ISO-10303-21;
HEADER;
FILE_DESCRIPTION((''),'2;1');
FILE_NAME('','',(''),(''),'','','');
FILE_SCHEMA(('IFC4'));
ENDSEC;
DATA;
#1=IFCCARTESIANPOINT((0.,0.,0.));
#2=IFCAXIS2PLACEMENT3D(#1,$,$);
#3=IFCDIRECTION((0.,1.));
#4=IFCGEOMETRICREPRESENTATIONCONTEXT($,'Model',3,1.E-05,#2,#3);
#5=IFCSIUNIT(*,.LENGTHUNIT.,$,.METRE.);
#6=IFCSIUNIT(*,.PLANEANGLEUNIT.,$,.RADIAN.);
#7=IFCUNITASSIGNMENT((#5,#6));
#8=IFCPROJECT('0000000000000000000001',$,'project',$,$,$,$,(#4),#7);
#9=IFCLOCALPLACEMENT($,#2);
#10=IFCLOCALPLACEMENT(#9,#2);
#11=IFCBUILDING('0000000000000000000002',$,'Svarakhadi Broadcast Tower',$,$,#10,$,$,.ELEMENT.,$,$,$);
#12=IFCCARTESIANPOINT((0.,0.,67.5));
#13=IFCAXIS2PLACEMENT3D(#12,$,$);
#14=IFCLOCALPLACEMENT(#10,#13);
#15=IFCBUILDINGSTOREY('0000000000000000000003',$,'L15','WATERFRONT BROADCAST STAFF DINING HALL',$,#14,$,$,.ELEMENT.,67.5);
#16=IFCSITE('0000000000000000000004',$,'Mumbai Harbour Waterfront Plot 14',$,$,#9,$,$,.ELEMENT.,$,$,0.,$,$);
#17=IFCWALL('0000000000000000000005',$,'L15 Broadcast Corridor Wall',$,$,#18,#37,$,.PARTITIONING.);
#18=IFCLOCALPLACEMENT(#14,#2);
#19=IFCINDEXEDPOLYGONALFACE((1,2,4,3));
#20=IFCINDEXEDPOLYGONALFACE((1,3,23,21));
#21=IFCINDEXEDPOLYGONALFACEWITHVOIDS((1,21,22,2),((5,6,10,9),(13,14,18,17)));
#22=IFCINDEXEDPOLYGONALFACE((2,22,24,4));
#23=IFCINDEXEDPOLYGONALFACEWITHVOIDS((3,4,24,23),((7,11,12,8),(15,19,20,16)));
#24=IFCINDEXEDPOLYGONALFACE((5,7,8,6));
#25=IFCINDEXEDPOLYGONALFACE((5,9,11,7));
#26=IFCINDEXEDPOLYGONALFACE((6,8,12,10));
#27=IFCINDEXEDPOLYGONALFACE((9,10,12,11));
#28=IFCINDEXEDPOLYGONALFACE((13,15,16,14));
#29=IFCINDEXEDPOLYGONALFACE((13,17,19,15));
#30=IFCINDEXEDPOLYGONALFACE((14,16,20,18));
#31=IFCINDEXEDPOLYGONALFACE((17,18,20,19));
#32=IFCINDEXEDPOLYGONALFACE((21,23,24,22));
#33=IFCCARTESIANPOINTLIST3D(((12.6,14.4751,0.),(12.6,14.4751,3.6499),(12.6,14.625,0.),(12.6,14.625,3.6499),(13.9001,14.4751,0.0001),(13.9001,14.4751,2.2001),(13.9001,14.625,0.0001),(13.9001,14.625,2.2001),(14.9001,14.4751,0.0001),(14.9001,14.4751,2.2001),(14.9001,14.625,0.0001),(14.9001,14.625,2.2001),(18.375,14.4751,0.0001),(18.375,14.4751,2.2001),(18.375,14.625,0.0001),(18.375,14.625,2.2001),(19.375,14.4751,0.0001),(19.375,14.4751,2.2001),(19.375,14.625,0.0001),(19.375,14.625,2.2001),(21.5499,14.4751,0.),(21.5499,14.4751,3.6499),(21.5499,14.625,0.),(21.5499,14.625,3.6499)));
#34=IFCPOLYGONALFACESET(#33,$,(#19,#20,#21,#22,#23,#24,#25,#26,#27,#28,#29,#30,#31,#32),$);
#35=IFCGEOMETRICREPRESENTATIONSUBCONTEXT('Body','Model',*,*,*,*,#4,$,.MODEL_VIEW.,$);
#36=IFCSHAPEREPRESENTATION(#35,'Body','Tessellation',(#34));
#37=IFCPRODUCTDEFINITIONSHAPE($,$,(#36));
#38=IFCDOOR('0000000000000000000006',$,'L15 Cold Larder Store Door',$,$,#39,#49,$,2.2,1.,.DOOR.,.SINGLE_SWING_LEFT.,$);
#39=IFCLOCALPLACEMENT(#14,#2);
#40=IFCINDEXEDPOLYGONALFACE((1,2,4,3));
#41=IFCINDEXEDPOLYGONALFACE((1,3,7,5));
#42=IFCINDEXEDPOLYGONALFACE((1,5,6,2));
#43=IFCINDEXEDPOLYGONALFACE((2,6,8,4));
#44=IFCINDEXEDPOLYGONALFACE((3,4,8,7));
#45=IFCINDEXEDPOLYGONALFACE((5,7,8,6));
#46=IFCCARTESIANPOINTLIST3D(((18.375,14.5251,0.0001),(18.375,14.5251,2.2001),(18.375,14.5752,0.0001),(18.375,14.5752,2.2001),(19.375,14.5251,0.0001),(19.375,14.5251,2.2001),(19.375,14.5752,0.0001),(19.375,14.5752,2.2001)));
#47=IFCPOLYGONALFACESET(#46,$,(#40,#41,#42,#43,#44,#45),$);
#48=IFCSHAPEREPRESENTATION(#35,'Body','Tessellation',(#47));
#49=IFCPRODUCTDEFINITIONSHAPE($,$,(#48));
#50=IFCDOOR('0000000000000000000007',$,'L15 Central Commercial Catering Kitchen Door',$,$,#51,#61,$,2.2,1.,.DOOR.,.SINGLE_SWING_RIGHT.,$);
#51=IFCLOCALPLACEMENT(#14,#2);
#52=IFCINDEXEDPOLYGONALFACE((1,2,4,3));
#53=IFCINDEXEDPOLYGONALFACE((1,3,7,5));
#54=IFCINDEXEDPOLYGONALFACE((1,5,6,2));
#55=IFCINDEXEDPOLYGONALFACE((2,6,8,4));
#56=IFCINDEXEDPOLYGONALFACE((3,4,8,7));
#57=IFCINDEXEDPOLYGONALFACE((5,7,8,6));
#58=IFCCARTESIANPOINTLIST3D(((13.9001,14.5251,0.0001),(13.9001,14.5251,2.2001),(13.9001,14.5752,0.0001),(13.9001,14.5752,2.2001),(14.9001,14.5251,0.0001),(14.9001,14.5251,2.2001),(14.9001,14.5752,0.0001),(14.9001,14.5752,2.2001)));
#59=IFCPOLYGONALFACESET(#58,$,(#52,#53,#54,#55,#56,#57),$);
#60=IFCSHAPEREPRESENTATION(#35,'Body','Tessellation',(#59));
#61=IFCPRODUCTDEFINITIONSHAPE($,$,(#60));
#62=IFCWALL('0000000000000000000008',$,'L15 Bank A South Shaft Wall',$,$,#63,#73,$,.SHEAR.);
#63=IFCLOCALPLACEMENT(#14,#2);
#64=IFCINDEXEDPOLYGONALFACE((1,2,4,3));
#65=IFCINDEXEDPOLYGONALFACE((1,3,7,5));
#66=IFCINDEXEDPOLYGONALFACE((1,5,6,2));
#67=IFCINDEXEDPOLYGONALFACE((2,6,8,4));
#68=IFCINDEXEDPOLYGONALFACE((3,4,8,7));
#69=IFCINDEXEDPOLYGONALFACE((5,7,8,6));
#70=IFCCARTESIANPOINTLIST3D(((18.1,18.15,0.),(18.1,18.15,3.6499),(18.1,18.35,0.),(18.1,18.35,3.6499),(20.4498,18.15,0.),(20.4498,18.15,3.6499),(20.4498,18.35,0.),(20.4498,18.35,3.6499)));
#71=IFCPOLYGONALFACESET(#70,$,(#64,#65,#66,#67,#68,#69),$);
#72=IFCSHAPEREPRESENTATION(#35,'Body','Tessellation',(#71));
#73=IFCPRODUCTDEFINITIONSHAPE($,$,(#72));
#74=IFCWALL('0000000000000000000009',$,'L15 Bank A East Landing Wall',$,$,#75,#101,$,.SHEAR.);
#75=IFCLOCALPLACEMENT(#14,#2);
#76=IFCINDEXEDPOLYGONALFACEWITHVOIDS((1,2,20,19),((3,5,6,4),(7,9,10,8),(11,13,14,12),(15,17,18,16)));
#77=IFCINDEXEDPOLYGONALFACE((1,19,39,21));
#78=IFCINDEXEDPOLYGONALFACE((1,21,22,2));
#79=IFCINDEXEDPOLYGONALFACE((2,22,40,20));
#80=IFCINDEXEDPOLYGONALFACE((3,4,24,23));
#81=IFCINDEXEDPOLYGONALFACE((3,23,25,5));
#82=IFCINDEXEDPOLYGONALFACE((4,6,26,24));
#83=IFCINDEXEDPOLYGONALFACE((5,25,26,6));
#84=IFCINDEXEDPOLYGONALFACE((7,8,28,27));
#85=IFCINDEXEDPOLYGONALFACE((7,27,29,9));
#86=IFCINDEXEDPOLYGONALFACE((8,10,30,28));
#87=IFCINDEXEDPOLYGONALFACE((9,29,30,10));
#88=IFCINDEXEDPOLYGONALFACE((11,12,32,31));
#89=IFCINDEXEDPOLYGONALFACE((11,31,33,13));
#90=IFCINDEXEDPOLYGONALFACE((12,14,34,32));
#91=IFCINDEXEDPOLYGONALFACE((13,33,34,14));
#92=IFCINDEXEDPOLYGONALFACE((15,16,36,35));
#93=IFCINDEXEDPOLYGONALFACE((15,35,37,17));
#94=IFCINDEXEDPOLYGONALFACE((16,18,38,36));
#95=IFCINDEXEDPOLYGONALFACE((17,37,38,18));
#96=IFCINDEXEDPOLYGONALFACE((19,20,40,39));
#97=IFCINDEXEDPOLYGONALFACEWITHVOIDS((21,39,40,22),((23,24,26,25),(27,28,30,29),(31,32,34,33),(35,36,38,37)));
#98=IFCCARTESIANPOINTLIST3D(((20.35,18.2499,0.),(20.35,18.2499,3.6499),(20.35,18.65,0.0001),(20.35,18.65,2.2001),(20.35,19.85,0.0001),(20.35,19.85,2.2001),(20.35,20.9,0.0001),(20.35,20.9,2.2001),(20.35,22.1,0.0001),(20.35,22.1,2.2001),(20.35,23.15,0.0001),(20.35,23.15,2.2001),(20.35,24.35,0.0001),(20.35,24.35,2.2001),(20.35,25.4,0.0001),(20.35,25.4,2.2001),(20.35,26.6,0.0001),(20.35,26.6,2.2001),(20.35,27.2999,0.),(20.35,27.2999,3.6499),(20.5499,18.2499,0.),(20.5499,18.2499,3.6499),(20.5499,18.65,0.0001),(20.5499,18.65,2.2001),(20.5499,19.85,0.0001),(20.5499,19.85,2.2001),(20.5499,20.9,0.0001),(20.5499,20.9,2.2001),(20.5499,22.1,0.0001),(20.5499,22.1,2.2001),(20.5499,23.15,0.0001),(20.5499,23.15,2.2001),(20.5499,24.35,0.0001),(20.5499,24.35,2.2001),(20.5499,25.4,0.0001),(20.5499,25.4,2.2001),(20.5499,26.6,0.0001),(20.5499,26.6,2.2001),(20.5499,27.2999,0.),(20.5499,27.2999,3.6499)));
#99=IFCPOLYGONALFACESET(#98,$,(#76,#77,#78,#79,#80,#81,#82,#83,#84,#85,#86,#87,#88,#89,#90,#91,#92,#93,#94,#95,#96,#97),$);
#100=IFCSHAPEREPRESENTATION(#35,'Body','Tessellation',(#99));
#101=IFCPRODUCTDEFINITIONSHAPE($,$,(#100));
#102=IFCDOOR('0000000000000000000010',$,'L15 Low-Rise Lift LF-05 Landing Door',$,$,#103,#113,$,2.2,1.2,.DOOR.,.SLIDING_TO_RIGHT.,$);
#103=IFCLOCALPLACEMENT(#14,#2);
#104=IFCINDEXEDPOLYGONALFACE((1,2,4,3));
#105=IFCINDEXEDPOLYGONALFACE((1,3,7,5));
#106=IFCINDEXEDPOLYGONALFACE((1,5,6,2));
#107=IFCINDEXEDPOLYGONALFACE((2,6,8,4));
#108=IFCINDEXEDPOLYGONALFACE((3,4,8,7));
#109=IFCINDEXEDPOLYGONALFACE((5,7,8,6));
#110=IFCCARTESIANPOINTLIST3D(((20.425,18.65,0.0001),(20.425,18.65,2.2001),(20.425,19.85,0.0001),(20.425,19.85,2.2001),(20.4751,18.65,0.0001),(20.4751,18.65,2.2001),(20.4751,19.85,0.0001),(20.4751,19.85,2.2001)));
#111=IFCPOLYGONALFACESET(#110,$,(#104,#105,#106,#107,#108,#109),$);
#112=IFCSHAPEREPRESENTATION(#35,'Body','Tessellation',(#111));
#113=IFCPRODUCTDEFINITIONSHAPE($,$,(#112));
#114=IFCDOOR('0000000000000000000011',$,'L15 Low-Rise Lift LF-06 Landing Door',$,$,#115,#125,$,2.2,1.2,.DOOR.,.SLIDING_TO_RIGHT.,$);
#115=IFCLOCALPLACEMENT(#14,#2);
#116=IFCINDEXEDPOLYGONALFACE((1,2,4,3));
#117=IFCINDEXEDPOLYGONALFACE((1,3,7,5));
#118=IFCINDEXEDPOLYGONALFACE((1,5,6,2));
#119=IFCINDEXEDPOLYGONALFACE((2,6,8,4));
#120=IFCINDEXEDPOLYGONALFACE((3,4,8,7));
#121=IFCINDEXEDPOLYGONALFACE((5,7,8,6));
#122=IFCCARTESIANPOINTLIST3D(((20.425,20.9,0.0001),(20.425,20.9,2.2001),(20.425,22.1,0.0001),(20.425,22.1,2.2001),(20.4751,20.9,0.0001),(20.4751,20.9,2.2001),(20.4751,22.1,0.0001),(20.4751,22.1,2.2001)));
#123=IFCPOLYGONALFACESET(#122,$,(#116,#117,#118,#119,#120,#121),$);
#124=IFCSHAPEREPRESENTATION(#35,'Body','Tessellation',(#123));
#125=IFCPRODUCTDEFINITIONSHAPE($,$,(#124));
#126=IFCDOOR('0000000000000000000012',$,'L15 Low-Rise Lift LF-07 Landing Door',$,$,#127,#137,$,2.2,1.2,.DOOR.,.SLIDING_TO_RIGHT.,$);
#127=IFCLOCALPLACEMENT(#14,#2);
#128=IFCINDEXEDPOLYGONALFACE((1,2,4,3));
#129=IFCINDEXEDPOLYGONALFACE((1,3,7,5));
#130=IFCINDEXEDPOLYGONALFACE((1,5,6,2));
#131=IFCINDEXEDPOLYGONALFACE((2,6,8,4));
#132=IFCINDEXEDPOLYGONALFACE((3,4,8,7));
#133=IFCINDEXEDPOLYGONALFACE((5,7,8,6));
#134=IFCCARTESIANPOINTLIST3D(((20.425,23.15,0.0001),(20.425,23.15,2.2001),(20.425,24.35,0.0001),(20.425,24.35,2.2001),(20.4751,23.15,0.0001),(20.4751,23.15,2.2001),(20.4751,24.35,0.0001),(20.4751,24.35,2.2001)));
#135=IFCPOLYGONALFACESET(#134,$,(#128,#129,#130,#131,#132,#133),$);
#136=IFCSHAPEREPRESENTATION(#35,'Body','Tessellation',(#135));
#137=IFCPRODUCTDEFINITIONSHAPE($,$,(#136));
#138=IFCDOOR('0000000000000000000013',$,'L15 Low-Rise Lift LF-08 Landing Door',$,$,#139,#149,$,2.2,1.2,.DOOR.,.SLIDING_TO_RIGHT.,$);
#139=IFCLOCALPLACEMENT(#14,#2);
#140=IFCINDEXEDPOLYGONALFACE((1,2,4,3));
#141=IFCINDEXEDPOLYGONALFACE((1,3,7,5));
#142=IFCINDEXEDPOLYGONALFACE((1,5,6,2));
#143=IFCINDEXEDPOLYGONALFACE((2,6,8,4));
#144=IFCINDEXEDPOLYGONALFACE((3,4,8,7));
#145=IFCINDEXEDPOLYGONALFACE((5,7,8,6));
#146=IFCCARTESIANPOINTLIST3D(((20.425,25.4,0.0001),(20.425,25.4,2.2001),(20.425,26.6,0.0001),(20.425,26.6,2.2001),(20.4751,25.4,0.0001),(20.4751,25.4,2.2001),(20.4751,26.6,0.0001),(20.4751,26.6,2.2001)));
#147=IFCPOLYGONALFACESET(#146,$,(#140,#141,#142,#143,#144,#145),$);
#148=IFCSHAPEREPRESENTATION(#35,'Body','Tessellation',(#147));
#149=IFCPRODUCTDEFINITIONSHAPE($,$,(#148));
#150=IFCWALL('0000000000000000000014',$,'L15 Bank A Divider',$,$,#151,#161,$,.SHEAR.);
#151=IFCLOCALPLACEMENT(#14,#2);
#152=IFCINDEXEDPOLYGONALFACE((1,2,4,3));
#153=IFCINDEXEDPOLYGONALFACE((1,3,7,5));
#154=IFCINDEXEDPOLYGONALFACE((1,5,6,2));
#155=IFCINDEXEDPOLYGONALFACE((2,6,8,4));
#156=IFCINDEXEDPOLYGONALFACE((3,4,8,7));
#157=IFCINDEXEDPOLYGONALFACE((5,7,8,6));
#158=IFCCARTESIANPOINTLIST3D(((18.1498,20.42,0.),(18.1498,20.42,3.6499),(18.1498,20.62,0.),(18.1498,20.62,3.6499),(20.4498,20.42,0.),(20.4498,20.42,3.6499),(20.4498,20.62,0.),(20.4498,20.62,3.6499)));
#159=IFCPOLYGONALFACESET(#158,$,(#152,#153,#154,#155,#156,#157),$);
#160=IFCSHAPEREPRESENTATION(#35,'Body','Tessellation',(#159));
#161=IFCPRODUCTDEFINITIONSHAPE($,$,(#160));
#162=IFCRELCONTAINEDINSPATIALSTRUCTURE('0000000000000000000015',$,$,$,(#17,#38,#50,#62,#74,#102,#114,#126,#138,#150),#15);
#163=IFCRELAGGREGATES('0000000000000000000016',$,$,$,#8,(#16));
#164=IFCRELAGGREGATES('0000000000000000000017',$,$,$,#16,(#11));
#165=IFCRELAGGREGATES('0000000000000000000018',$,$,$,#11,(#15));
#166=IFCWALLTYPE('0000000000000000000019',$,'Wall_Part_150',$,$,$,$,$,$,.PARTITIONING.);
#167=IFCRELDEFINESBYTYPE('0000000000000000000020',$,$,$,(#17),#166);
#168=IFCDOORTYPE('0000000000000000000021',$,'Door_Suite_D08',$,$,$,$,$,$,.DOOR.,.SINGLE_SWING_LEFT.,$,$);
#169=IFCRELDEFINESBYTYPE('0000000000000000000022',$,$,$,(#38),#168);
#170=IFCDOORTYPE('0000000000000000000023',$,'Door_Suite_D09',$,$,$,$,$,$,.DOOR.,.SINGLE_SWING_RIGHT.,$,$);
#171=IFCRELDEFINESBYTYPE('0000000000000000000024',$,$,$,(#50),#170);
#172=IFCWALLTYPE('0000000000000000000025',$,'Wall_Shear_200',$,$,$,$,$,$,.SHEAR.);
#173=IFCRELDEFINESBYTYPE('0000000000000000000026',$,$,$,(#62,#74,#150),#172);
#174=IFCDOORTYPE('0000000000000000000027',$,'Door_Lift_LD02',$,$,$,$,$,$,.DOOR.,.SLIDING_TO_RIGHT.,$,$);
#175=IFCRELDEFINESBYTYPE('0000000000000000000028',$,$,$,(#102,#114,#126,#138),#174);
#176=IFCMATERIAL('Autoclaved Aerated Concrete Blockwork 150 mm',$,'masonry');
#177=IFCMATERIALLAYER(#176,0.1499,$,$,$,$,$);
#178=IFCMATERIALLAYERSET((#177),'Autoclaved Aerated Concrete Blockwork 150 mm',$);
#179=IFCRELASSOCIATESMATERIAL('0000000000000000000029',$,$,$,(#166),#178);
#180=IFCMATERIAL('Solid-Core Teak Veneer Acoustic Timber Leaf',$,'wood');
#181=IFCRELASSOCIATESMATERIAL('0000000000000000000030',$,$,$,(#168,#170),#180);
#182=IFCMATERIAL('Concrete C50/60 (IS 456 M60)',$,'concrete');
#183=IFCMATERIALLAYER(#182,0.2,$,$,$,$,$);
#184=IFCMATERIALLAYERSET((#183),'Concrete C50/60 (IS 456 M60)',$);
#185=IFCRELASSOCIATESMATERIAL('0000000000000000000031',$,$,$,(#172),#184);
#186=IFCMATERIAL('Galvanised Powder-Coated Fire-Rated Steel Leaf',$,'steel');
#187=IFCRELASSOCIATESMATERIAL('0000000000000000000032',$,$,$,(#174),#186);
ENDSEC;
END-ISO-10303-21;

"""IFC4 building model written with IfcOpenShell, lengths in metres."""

from ifc_helpers import new_model, si_unit, direction, frame, frame_2d, origin, place, context, subcontext, project, spatial, rectangle, extrude, material, layer, layer_set, type_object, element, fill, save


model = new_model("IFC4")

# Units and contexts
model_context = context("Model", 3, precision=1e-05, world=origin(), true_north=direction((0.0, 1.0)))
body_context = subcontext(model_context, "Body", "Model", "MODEL_VIEW")
ifc_project = project(units=[si_unit("LENGTHUNIT", "METRE"), si_unit("PLANEANGLEUNIT", "RADIAN")], contexts=[model_context])

# Site, building, storey
site_placement = place(None, origin())
site = spatial("IfcSite", under=ifc_project, at=site_placement, Name="Mumbai Harbour Waterfront Plot 14", CompositionType="ELEMENT", RefElevation=0.0)
building_placement = place(site_placement, origin())
building = spatial("IfcBuilding", under=site, at=building_placement, Name="Svarakhadi Broadcast Tower", CompositionType="ELEMENT")
storey_placement = place(building_placement, frame((0.0, 0.0, 67.5)))
storey = spatial("IfcBuildingStorey", under=building, at=storey_placement, Name="L15", Description="WATERFRONT BROADCAST STAFF DINING HALL", CompositionType="ELEMENT", Elevation=67.5)

# Wall, openings, doors
ifc_material_1 = material(Name="Autoclaved Aerated Concrete Blockwork 150 mm", Category="masonry")
ifc_layer_1 = layer(ifc_material_1, 0.1499)
ifc_layer_set_1 = layer_set([ifc_layer_1], Name="Autoclaved Aerated Concrete Blockwork 150 mm")
wall_type_1 = type_object("IfcWallType", Name="Wall_Part_150", PredefinedType="PARTITIONING", material=ifc_layer_set_1)
wall_1_placement = place(storey_placement, frame((21.55, 14.55, 0.0), z_axis=(0.0, 0.0, 1.0), x_axis=(-1.0, 0.0, 0.0)))
wall_1 = element("IfcWall", 1, at=wall_1_placement, inside=storey, type_object=wall_type_1, Name="L15 Broadcast Corridor Wall", PredefinedType="PARTITIONING", context=body_context, shape_type="SweptSolid", body=[
    extrude(rectangle(XDim=8.95, YDim=0.1499, at=frame_2d((4.4751, 0.0))), origin(), (0.0, 0.0, 1.0), 3.6499),
])
opening_1_placement = place(wall_1_placement, frame((6.6499, 0.0, 0.0)))
opening_1 = element("IfcOpeningElement", 2, at=opening_1_placement, cuts=wall_1, PredefinedType="OPENING", context=body_context, shape_type="SweptSolid", body=[
    extrude(rectangle(XDim=1.0, YDim=2.2, at=frame_2d((0.5, 1.1001))), frame((0.0, 0.085, 0.0), z_axis=(0.0, -1.0, 0.0), x_axis=(1.0, 0.0, 0.0)), (0.0, 0.0, 1.0), 0.1699),
])
opening_2_placement = place(wall_1_placement, frame((2.175, 0.0, 0.0)))
opening_2 = element("IfcOpeningElement", 3, at=opening_2_placement, cuts=wall_1, PredefinedType="OPENING", context=body_context, shape_type="SweptSolid", body=[
    extrude(rectangle(XDim=1.0, YDim=2.2, at=frame_2d((0.5, 1.1001))), frame((0.0, 0.085, 0.0), z_axis=(0.0, -1.0, 0.0), x_axis=(1.0, 0.0, 0.0)), (0.0, 0.0, 1.0), 0.1699),
])
ifc_material_2 = material(Name="Solid-Core Teak Veneer Acoustic Timber Leaf", Category="wood")
door_type_1 = type_object("IfcDoorType", Name="Door_Suite_D08", OperationType="SINGLE_SWING_LEFT", PredefinedType="DOOR", material=ifc_material_2)
door_1_placement = place(opening_2_placement, origin())
door_1 = element("IfcDoor", 4, at=door_1_placement, inside=storey, type_object=door_type_1, Name="L15 Cold Larder Store Door", OperationType="SINGLE_SWING_LEFT", OverallHeight=2.2, OverallWidth=1.0, PredefinedType="DOOR", context=body_context, shape_type="SweptSolid", body=[
    extrude(rectangle(XDim=1.0, YDim=2.2, at=frame_2d((0.5, 1.1001))), frame((0.0, 0.0249, 0.0), z_axis=(0.0, -1.0, 0.0), x_axis=(1.0, 0.0, 0.0)), (0.0, 0.0, 1.0), 0.05),
])
fill(opening_2, door_1)
door_type_2 = type_object("IfcDoorType", Name="Door_Suite_D09", OperationType="SINGLE_SWING_RIGHT", PredefinedType="DOOR", material=ifc_material_2)
door_2_placement = place(opening_1_placement, origin())
door_2 = element("IfcDoor", 5, at=door_2_placement, inside=storey, type_object=door_type_2, Name="L15 Central Commercial Catering Kitchen Door", OperationType="SINGLE_SWING_RIGHT", OverallHeight=2.2, OverallWidth=1.0, PredefinedType="DOOR", context=body_context, shape_type="SweptSolid", body=[
    extrude(rectangle(XDim=1.0, YDim=2.2, at=frame_2d((0.5, 1.1001))), frame((0.0, 0.0249, 0.0), z_axis=(0.0, -1.0, 0.0), x_axis=(1.0, 0.0, 0.0)), (0.0, 0.0, 1.0), 0.05),
])
fill(opening_1, door_2)

# Wall
ifc_material_3 = material(Name="Concrete C50/60 (IS 456 M60)", Category="concrete")
ifc_layer_2 = layer(ifc_material_3, 0.2)
ifc_layer_set_2 = layer_set([ifc_layer_2], Name="Concrete C50/60 (IS 456 M60)")
wall_type_2 = type_object("IfcWallType", Name="Wall_Shear_200", PredefinedType="SHEAR", material=ifc_layer_set_2)
wall_2_placement = place(storey_placement, frame((18.1001, 18.25, 0.0), z_axis=(0.0, 0.0, 1.0), x_axis=(1.0, 0.0, 0.0)))
element("IfcWall", 6, at=wall_2_placement, inside=storey, type_object=wall_type_2, Name="L15 Bank A South Shaft Wall", PredefinedType="SHEAR", context=body_context, shape_type="SweptSolid", body=[
    extrude(rectangle(XDim=2.3499, YDim=0.2, at=frame_2d((1.1748, 0.0))), origin(), (0.0, 0.0, 1.0), 3.6499),
])

# Wall, openings, doors
wall_3_placement = place(storey_placement, frame((20.45, 18.25, 0.0), z_axis=(0.0, 0.0, 1.0), x_axis=(0.0, 1.0, 0.0)))
wall_3 = element("IfcWall", 7, at=wall_3_placement, inside=storey, type_object=wall_type_2, Name="L15 Bank A East Landing Wall", PredefinedType="SHEAR", context=body_context, shape_type="SweptSolid", body=[
    extrude(rectangle(XDim=9.05, YDim=0.2, at=frame_2d((4.5249, 0.0))), origin(), (0.0, 0.0, 1.0), 3.6499),
])
opening_3_placement = place(wall_3_placement, frame((0.3999, 0.0, 0.0)))
opening_3 = element("IfcOpeningElement", 8, at=opening_3_placement, cuts=wall_3, PredefinedType="OPENING", context=body_context, shape_type="SweptSolid", body=[
    extrude(rectangle(XDim=1.2, YDim=2.2, at=frame_2d((0.6001, 1.1001))), frame((0.0, 0.1099, 0.0), z_axis=(0.0, -1.0, 0.0), x_axis=(1.0, 0.0, 0.0)), (0.0, 0.0, 1.0), 0.22),
])
opening_4_placement = place(wall_3_placement, frame((2.6499, 0.0, 0.0)))
opening_4 = element("IfcOpeningElement", 9, at=opening_4_placement, cuts=wall_3, PredefinedType="OPENING", context=body_context, shape_type="SweptSolid", body=[
    extrude(rectangle(XDim=1.2, YDim=2.2, at=frame_2d((0.6001, 1.1001))), frame((0.0, 0.1099, 0.0), z_axis=(0.0, -1.0, 0.0), x_axis=(1.0, 0.0, 0.0)), (0.0, 0.0, 1.0), 0.22),
])
opening_5_placement = place(wall_3_placement, frame((4.8999, 0.0, 0.0)))
opening_5 = element("IfcOpeningElement", 10, at=opening_5_placement, cuts=wall_3, PredefinedType="OPENING", context=body_context, shape_type="SweptSolid", body=[
    extrude(rectangle(XDim=1.2, YDim=2.2, at=frame_2d((0.6001, 1.1001))), frame((0.0, 0.1099, 0.0), z_axis=(0.0, -1.0, 0.0), x_axis=(1.0, 0.0, 0.0)), (0.0, 0.0, 1.0), 0.22),
])
opening_6_placement = place(wall_3_placement, frame((7.1499, 0.0, 0.0)))
opening_6 = element("IfcOpeningElement", 11, at=opening_6_placement, cuts=wall_3, PredefinedType="OPENING", context=body_context, shape_type="SweptSolid", body=[
    extrude(rectangle(XDim=1.2, YDim=2.2, at=frame_2d((0.6001, 1.1001))), frame((0.0, 0.1099, 0.0), z_axis=(0.0, -1.0, 0.0), x_axis=(1.0, 0.0, 0.0)), (0.0, 0.0, 1.0), 0.22),
])
ifc_material_4 = material(Name="Galvanised Powder-Coated Fire-Rated Steel Leaf", Category="steel")
door_type_3 = type_object("IfcDoorType", Name="Door_Lift_LD02", OperationType="SLIDING_TO_RIGHT", PredefinedType="DOOR", material=ifc_material_4)
door_3_placement = place(opening_3_placement, origin())
door_3 = element("IfcDoor", 12, at=door_3_placement, inside=storey, type_object=door_type_3, Name="L15 Low-Rise Lift LF-05 Landing Door", OperationType="SLIDING_TO_RIGHT", OverallHeight=2.2, OverallWidth=1.2, PredefinedType="DOOR", context=body_context, shape_type="SweptSolid", body=[
    extrude(rectangle(XDim=1.2, YDim=2.2, at=frame_2d((0.6001, 1.1001))), frame((0.0, 0.0249, 0.0), z_axis=(0.0, -1.0, 0.0), x_axis=(1.0, 0.0, 0.0)), (0.0, 0.0, 1.0), 0.05),
])
fill(opening_3, door_3)
door_4_placement = place(opening_4_placement, origin())
door_4 = element("IfcDoor", 13, at=door_4_placement, inside=storey, type_object=door_type_3, Name="L15 Low-Rise Lift LF-06 Landing Door", OperationType="SLIDING_TO_RIGHT", OverallHeight=2.2, OverallWidth=1.2, PredefinedType="DOOR", context=body_context, shape_type="SweptSolid", body=[
    extrude(rectangle(XDim=1.2, YDim=2.2, at=frame_2d((0.6001, 1.1001))), frame((0.0, 0.0249, 0.0), z_axis=(0.0, -1.0, 0.0), x_axis=(1.0, 0.0, 0.0)), (0.0, 0.0, 1.0), 0.05),
])
fill(opening_4, door_4)
door_5_placement = place(opening_5_placement, origin())
door_5 = element("IfcDoor", 14, at=door_5_placement, inside=storey, type_object=door_type_3, Name="L15 Low-Rise Lift LF-07 Landing Door", OperationType="SLIDING_TO_RIGHT", OverallHeight=2.2, OverallWidth=1.2, PredefinedType="DOOR", context=body_context, shape_type="SweptSolid", body=[
    extrude(rectangle(XDim=1.2, YDim=2.2, at=frame_2d((0.6001, 1.1001))), frame((0.0, 0.0249, 0.0), z_axis=(0.0, -1.0, 0.0), x_axis=(1.0, 0.0, 0.0)), (0.0, 0.0, 1.0), 0.05),
])
fill(opening_5, door_5)
door_6_placement = place(opening_6_placement, origin())
door_6 = element("IfcDoor", 15, at=door_6_placement, inside=storey, type_object=door_type_3, Name="L15 Low-Rise Lift LF-08 Landing Door", OperationType="SLIDING_TO_RIGHT", OverallHeight=2.2, OverallWidth=1.2, PredefinedType="DOOR", context=body_context, shape_type="SweptSolid", body=[
    extrude(rectangle(XDim=1.2, YDim=2.2, at=frame_2d((0.6001, 1.1001))), frame((0.0, 0.0249, 0.0), z_axis=(0.0, -1.0, 0.0), x_axis=(1.0, 0.0, 0.0)), (0.0, 0.0, 1.0), 0.05),
])
fill(opening_6, door_6)

# Wall
for number, where, z_axis, x_axis, name in (
    (16, (18.1499, 20.52, 0.0), (0.0, 0.0, 1.0), (1.0, 0.0, 0.0), "L15 Bank A Divider"),
):
    element("IfcWall", number, at=place(storey_placement, frame(where, z_axis=z_axis, x_axis=x_axis)), inside=storey, type_object=wall_type_2, Name=name, PredefinedType="SHEAR", context=body_context, shape_type="SweptSolid", body=[
        extrude(rectangle(XDim=2.3, YDim=0.2, at=frame_2d((1.1499, 0.0))), origin(), (0.0, 0.0, 1.0), 3.6499),
    ])

save(model, "model.ifc")
